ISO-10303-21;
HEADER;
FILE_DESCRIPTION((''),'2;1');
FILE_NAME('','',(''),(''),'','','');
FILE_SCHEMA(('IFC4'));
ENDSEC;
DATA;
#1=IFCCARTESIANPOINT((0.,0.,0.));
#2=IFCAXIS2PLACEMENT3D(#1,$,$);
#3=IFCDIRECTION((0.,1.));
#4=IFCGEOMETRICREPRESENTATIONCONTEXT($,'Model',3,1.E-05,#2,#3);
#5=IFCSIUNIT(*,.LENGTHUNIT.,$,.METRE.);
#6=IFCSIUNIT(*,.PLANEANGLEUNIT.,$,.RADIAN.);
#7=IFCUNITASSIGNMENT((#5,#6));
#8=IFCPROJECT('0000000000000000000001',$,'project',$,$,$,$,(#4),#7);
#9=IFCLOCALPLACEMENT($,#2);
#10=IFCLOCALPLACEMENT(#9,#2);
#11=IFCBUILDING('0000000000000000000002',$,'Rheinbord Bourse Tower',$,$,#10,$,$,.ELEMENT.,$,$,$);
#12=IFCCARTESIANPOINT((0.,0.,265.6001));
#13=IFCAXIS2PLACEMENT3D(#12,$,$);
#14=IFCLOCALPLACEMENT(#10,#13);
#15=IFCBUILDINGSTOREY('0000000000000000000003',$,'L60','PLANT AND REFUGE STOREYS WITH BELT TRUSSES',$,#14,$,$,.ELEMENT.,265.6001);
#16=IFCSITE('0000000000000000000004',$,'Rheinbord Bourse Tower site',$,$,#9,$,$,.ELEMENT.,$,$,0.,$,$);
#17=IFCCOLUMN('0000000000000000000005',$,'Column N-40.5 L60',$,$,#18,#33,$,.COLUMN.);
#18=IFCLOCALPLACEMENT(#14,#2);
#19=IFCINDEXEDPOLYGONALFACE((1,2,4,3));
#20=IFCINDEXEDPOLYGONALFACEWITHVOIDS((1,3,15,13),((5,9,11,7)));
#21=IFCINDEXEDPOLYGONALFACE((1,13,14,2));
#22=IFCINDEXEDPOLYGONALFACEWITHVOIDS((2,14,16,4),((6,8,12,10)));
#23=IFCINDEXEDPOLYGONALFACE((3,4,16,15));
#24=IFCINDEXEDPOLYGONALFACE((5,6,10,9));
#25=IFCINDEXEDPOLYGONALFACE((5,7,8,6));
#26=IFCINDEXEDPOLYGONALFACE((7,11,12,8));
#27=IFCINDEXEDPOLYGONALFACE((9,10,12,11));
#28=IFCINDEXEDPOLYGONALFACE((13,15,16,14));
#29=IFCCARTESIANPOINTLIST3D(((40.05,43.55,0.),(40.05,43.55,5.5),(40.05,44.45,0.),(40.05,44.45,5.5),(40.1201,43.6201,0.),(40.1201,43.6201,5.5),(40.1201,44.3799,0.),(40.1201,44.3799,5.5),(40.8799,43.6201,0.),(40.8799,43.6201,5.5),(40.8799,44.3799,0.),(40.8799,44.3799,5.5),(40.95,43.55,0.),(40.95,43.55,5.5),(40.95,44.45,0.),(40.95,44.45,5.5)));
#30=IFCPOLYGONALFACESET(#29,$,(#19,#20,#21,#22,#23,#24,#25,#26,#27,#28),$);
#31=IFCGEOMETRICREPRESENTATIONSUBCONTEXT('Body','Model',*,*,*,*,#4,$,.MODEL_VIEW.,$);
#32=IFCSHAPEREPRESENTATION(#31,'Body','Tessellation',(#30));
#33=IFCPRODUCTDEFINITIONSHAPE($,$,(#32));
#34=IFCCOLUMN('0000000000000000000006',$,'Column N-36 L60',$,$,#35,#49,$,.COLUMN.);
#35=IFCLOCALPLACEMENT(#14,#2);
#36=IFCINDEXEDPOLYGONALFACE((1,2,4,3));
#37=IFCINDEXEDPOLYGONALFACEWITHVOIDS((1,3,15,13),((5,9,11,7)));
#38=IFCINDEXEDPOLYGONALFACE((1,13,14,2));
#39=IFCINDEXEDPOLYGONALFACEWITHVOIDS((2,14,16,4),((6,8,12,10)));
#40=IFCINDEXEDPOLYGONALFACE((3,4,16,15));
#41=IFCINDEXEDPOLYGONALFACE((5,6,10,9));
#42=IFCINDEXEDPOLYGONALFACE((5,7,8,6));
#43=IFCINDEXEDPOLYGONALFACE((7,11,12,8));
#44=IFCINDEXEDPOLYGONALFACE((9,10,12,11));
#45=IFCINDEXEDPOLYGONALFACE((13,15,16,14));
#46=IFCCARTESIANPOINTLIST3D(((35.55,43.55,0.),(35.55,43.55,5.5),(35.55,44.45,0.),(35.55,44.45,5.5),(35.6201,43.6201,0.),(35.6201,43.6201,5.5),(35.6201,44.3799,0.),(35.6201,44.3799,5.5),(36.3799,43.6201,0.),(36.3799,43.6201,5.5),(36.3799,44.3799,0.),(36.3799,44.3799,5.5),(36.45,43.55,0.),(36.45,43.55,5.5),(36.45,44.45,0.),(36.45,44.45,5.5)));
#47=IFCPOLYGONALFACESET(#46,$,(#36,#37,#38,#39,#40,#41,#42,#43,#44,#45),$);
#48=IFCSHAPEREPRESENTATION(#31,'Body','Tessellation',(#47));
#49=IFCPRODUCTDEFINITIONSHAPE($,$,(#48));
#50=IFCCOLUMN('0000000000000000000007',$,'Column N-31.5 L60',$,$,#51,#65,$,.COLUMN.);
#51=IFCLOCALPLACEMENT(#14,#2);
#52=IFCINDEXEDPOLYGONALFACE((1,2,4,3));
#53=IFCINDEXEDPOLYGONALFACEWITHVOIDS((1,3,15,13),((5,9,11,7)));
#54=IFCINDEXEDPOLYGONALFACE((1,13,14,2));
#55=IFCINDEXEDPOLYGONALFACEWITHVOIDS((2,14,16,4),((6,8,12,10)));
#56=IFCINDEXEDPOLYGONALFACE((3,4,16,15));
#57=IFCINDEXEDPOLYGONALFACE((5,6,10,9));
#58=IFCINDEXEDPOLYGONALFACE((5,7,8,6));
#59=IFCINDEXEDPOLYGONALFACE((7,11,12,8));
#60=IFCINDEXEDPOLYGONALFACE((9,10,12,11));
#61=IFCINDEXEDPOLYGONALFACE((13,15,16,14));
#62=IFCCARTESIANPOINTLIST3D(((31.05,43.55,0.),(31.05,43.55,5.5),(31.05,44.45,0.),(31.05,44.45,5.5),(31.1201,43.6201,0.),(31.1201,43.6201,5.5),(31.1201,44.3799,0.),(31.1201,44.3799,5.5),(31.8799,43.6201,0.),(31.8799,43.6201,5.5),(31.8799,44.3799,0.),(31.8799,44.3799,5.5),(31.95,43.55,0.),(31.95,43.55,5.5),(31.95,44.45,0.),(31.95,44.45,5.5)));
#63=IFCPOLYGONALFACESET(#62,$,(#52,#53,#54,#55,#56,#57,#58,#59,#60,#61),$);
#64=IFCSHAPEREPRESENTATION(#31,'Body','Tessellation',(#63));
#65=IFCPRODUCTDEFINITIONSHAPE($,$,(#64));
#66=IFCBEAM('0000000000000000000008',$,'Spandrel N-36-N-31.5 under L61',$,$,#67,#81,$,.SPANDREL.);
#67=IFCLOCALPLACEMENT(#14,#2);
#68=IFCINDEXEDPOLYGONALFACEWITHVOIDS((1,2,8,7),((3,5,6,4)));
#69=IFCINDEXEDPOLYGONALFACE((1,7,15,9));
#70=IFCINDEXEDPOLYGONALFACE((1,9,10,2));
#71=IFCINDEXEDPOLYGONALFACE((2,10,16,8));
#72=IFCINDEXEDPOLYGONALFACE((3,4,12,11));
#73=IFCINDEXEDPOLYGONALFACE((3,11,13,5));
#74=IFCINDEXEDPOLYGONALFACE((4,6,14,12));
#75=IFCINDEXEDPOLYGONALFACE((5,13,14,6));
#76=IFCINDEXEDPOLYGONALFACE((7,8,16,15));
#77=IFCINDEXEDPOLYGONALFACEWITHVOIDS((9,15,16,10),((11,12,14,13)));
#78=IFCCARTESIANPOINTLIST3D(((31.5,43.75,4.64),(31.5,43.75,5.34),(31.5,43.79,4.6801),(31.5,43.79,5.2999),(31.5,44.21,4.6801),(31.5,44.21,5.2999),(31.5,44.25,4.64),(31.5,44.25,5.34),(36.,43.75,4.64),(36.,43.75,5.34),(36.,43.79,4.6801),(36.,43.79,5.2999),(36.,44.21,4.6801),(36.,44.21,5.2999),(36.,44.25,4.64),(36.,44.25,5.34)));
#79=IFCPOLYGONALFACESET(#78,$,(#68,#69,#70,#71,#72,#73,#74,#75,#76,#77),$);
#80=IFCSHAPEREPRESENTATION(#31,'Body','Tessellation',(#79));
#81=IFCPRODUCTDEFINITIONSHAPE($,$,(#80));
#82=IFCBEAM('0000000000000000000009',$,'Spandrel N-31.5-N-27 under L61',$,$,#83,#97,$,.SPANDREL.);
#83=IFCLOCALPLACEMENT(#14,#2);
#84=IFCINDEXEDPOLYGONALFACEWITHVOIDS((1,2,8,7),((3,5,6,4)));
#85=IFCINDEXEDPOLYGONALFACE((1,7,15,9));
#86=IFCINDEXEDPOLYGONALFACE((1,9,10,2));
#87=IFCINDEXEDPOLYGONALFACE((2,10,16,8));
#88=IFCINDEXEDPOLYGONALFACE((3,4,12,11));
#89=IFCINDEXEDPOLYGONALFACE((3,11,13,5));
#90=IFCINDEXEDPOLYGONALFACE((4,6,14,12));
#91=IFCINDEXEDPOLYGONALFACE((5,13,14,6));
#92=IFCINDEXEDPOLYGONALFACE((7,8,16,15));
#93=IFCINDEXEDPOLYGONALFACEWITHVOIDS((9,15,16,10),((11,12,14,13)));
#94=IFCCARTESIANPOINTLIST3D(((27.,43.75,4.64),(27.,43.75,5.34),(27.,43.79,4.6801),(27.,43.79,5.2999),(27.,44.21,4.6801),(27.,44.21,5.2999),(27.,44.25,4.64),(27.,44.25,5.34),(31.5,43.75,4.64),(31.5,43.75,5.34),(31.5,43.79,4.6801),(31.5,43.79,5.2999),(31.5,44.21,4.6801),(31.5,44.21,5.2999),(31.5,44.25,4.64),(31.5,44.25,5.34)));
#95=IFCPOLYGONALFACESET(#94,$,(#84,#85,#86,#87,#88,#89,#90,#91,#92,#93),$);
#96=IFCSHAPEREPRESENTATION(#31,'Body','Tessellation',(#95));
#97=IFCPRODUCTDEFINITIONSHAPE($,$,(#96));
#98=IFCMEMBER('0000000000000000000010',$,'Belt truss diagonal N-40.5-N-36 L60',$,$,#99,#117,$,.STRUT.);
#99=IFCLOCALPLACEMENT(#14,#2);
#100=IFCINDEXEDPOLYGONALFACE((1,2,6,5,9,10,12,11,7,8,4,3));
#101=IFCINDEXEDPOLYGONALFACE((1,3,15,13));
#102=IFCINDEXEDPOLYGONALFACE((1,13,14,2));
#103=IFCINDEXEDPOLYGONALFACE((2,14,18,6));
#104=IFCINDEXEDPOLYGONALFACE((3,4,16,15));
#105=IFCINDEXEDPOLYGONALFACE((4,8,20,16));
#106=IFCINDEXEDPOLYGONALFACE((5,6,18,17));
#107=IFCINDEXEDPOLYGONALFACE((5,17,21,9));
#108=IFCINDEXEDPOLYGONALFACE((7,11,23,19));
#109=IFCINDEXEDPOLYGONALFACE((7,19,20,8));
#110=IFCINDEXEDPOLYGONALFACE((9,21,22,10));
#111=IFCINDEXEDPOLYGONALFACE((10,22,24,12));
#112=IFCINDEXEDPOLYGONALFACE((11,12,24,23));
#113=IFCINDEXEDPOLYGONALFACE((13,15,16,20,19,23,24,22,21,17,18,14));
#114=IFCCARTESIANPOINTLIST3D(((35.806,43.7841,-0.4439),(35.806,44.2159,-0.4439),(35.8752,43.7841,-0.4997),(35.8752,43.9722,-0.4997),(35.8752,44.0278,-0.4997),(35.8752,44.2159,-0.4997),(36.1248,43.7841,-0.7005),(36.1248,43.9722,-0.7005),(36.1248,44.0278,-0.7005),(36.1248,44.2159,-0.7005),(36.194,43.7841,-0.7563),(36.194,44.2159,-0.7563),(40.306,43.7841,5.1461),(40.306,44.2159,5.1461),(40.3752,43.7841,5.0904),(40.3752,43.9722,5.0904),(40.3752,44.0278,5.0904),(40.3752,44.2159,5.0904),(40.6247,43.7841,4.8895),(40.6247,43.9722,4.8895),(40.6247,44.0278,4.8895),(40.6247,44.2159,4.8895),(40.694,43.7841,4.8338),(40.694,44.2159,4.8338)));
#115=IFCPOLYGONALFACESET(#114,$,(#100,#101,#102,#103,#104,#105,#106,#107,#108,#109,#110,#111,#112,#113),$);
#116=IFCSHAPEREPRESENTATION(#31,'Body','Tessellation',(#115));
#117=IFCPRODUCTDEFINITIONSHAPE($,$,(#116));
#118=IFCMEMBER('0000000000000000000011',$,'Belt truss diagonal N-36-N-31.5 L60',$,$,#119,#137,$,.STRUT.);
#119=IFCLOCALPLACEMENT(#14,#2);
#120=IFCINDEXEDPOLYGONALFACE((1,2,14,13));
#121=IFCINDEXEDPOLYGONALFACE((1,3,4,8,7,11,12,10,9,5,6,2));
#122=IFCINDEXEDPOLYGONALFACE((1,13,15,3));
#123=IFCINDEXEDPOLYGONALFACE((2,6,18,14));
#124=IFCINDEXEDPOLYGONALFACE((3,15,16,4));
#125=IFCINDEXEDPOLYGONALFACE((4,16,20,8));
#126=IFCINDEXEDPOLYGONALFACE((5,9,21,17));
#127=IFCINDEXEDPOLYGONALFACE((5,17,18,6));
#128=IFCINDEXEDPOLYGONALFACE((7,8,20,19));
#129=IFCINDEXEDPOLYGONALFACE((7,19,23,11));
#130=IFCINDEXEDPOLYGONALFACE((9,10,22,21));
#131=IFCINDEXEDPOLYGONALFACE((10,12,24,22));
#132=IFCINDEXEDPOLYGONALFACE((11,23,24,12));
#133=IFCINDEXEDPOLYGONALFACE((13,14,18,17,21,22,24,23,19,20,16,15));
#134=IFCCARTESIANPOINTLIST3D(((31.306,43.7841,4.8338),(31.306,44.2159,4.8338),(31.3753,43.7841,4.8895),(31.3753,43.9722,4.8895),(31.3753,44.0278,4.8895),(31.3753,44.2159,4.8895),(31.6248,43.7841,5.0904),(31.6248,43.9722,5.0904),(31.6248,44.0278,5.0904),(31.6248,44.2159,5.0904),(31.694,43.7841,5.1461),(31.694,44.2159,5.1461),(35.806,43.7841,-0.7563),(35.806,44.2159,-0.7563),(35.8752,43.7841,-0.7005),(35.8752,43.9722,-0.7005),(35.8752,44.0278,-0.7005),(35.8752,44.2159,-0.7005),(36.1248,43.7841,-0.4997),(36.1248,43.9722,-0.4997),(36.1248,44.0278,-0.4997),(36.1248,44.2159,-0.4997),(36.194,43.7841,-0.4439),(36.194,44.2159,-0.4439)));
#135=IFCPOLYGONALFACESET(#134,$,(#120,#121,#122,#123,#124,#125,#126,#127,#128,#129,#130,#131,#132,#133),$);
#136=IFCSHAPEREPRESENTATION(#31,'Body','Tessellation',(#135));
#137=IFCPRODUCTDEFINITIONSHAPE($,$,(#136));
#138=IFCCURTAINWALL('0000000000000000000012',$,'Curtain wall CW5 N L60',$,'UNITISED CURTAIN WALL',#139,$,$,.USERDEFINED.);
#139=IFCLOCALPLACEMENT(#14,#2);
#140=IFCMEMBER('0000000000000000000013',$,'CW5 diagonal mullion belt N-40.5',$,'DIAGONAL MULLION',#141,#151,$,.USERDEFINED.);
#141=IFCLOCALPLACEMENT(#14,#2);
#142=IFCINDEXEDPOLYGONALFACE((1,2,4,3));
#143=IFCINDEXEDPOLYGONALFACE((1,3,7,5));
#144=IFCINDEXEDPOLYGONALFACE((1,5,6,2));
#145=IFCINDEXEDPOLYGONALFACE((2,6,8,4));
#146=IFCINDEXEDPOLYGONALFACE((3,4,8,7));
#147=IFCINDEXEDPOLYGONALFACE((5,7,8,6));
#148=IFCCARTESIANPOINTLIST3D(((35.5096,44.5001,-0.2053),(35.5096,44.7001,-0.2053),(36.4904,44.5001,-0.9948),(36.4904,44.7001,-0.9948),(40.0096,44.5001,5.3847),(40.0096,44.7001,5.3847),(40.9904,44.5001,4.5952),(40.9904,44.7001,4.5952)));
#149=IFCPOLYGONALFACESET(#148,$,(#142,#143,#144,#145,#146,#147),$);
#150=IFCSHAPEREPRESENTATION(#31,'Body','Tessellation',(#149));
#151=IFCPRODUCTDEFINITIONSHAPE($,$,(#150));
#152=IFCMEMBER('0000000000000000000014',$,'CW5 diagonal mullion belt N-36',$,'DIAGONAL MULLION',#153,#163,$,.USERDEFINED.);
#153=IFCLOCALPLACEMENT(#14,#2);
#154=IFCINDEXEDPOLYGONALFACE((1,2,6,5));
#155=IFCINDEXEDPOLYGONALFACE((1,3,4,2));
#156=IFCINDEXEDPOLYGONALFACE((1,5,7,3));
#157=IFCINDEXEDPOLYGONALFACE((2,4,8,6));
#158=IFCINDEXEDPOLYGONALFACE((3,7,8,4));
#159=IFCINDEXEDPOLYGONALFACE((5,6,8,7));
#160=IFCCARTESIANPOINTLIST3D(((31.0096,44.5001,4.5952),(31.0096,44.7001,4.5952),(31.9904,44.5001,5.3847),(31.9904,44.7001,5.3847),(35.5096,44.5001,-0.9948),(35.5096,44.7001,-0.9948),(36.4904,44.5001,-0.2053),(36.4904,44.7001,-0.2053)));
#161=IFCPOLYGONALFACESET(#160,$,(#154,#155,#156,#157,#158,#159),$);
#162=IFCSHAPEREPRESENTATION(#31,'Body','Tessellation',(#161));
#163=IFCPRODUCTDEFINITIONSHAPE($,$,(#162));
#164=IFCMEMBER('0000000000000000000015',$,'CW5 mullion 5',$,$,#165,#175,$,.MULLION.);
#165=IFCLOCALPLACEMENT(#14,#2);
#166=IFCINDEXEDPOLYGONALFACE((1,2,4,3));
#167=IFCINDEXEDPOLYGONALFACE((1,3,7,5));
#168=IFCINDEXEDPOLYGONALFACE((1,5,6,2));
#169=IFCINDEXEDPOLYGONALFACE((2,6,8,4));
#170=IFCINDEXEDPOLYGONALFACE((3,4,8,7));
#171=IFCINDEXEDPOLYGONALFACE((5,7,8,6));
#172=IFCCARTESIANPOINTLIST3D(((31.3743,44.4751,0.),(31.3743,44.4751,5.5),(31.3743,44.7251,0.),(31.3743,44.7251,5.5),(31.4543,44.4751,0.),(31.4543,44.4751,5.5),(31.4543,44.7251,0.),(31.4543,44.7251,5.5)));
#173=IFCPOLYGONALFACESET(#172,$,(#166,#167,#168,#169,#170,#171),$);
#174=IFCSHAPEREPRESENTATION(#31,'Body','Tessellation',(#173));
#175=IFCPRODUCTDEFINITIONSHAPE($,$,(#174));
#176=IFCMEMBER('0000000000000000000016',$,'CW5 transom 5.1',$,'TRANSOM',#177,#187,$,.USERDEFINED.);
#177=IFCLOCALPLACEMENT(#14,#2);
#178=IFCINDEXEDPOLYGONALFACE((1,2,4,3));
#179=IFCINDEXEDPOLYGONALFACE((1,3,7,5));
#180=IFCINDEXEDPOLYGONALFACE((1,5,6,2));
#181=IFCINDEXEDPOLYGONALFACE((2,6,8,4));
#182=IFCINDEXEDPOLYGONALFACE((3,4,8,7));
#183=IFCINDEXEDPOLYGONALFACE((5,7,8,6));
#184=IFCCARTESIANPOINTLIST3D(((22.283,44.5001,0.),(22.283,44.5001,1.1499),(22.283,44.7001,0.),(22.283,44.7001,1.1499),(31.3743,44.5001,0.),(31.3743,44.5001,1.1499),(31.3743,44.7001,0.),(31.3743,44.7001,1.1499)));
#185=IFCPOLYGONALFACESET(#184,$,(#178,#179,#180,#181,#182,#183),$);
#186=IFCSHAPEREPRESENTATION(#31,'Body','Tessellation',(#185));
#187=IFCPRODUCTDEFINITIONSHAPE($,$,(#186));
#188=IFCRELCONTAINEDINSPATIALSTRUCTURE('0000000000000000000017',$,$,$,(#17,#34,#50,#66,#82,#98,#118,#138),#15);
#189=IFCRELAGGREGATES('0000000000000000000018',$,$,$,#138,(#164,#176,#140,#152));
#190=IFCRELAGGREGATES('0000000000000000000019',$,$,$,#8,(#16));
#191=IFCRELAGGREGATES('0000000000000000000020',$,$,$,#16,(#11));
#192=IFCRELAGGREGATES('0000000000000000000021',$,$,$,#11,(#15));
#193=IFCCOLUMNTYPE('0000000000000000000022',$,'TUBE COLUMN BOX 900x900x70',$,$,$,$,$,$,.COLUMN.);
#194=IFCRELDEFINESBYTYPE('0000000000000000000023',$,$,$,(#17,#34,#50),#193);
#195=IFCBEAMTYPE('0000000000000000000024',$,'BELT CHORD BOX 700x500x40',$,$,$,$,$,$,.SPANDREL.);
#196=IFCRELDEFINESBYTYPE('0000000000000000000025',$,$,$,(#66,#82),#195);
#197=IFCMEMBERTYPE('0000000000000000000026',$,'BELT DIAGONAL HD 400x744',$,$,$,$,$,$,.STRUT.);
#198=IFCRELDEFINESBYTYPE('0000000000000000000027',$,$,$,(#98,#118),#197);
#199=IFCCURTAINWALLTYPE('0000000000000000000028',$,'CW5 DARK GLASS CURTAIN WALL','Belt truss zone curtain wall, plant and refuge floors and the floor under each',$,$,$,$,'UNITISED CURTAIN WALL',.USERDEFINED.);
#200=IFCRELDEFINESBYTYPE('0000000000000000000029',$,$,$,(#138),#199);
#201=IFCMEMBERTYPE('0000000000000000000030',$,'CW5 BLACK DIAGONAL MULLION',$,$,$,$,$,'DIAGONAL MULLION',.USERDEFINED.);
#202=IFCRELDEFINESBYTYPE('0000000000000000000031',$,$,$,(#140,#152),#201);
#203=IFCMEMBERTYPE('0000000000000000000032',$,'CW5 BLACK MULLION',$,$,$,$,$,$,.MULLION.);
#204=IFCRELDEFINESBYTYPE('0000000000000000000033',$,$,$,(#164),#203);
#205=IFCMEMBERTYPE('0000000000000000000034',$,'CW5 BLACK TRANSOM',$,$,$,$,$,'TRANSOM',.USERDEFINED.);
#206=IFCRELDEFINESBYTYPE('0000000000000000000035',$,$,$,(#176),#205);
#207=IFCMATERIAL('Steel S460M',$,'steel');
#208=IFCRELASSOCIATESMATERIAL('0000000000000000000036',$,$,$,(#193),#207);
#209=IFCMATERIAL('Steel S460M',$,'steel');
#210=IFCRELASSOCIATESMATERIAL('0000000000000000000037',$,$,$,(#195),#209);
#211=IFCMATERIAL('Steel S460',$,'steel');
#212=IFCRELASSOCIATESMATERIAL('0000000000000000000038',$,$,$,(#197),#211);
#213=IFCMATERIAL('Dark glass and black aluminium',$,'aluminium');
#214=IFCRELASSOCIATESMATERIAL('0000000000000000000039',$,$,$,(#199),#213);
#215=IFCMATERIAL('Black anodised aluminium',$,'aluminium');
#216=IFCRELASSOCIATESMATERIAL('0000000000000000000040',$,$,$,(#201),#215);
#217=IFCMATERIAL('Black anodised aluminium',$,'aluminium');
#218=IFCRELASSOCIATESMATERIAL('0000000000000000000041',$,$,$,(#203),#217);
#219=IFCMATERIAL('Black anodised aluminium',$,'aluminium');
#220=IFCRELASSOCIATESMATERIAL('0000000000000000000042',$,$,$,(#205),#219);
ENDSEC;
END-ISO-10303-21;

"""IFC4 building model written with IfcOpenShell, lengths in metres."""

from ifc_helpers import new_model, si_unit, direction, frame, origin, origin_2d, place, context, subcontext, project, spatial, rectangle, hollow_rectangle, i_section, extrude, material, material_profile, profile_set, type_object, element, aggregate, save


model = new_model("IFC4")

# Units and contexts
model_context = context("Model", 3, precision=1e-05, world=origin(), true_north=direction((0.0, 1.0)))
body_context = subcontext(model_context, "Body", "Model", "MODEL_VIEW")
ifc_project = project(units=[si_unit("LENGTHUNIT", "METRE"), si_unit("PLANEANGLEUNIT", "RADIAN")], contexts=[model_context])

# Site, building, storey
site_placement = place(None, origin())
site = spatial("IfcSite", under=ifc_project, at=site_placement, Name="Rheinbord Bourse Tower site", CompositionType="ELEMENT", RefElevation=0.0)
building_placement = place(site_placement, origin())
building = spatial("IfcBuilding", under=site, at=building_placement, Name="Rheinbord Bourse Tower", CompositionType="ELEMENT")
storey_placement = place(building_placement, frame((0.0, 0.0, 265.6001)))
storey = spatial("IfcBuildingStorey", under=building, at=storey_placement, Name="L60", Description="PLANT AND REFUGE STOREYS WITH BELT TRUSSES", CompositionType="ELEMENT", Elevation=265.6001)

# Columns
ifc_material_1 = material(Name="Steel S460M", Category="steel")
ifc_material_profile_1 = material_profile(ifc_material_1, hollow_rectangle(XDim=0.8999, YDim=0.8999, WallThickness=0.0701, at=origin_2d()), Name="BOX 900x900x70")
ifc_profile_set_1 = profile_set([ifc_material_profile_1], Name="Steel S460M")
column_type = type_object("IfcColumnType", Name="TUBE COLUMN BOX 900x900x70", PredefinedType="COLUMN", material=ifc_profile_set_1)
for number, where, z_axis, x_axis, name in (
    (1, (40.5, 44.0, 0.0), (0.0, 0.0, 1.0), (0.0, 1.0, 0.0), "Column N-40.5 L60"),
    (2, (36.0, 44.0, 0.0), (0.0, 0.0, 1.0), (0.0, 1.0, 0.0), "Column N-36 L60"),
    (3, (31.5, 44.0, 0.0), (0.0, 0.0, 1.0), (0.0, 1.0, 0.0), "Column N-31.5 L60"),
):
    element("IfcColumn", number, at=place(storey_placement, frame(where, z_axis=z_axis, x_axis=x_axis)), inside=storey, type_object=column_type, Name=name, PredefinedType="COLUMN", context=body_context, shape_type="SweptSolid", body=[
        extrude(hollow_rectangle(XDim=0.8999, YDim=0.8999, WallThickness=0.0701, at=origin_2d()), origin(), (0.0, 0.0, 1.0), 5.5),
    ])

# Beams
ifc_material_2 = material(Name="Steel S460M", Category="steel")
ifc_material_profile_2 = material_profile(ifc_material_2, hollow_rectangle(XDim=0.5, YDim=0.7, WallThickness=0.04, at=origin_2d()), Name="BOX 700x500x40")
ifc_profile_set_2 = profile_set([ifc_material_profile_2], Name="Steel S460M")
beam_type_1 = type_object("IfcBeamType", Name="BELT CHORD BOX 700x500x40", PredefinedType="SPANDREL", material=ifc_profile_set_2)
for number, where, z_axis, x_axis, name in (
    (4, (36.0, 44.0, 4.99), (-1.0, 0.0, 0.0), (0.0, -1.0, 0.0), "Spandrel N-36-N-31.5 under L61"),
    (5, (31.5, 44.0, 4.99), (-1.0, 0.0, 0.0), (0.0, -1.0, 0.0), "Spandrel N-31.5-N-27 under L61"),
):
    element("IfcBeam", number, at=place(storey_placement, frame(where, z_axis=z_axis, x_axis=x_axis)), inside=storey, type_object=beam_type_1, Name=name, PredefinedType="SPANDREL", context=body_context, shape_type="SweptSolid", body=[
        extrude(hollow_rectangle(XDim=0.5, YDim=0.7, WallThickness=0.04, at=origin_2d()), origin(), (0.0, 0.0, 1.0), 4.5),
    ])

# Members
ifc_material_3 = material(Name="Steel S460", Category="steel")
ifc_material_profile_3 = material_profile(ifc_material_3, i_section(OverallWidth=0.4319, OverallDepth=0.498, WebThickness=0.0557, FlangeThickness=0.0889, at=origin_2d()), Name="HD 400x744")
ifc_profile_set_3 = profile_set([ifc_material_profile_3], Name="Steel S460")
member_type_1 = type_object("IfcMemberType", Name="BELT DIAGONAL HD 400x744", PredefinedType="STRUT", material=ifc_profile_set_3)
for number, where, z_axis, x_axis, name in (
    (6, (36.0, 44.0, -0.6001), (0.627065, 0.0, 0.778967), (0.0, 1.0, 0.0), "Belt truss diagonal N-40.5-N-36 L60"),
    (7, (36.0, 44.0, -0.6001), (-0.627065, 0.0, 0.778967), (0.0, -1.0, 0.0), "Belt truss diagonal N-36-N-31.5 L60"),
):
    element("IfcMember", number, at=place(storey_placement, frame(where, z_axis=z_axis, x_axis=x_axis)), inside=storey, type_object=member_type_1, Name=name, PredefinedType="STRUT", context=body_context, shape_type="SweptSolid", body=[
        extrude(i_section(OverallWidth=0.4319, OverallDepth=0.498, WebThickness=0.0557, FlangeThickness=0.0889, at=origin_2d()), origin(), (0.0, 0.0, 1.0), 7.1763),
    ])

# Curtain wall, members
ifc_material_4 = material(Name="Dark glass and black aluminium", Category="aluminium")
curtain_wall_type = type_object("IfcCurtainWallType", Name="CW5 DARK GLASS CURTAIN WALL", Description="Belt truss zone curtain wall, plant and refuge floors and the floor under each", ElementType="UNITISED CURTAIN WALL", PredefinedType="USERDEFINED", material=ifc_material_4)
curtain_wall_placement = place(storey_placement, origin())
curtain_wall = element("IfcCurtainWall", 8, at=curtain_wall_placement, inside=storey, type_object=curtain_wall_type, Name="Curtain wall CW5 N L60", ObjectType="UNITISED CURTAIN WALL", PredefinedType="USERDEFINED")
ifc_material_5 = material(Name="Black anodised aluminium", Category="aluminium")
ifc_material_profile_4 = material_profile(ifc_material_5, rectangle(XDim=0.2, YDim=1.259, at=origin_2d()), Name="CW5 DIAGONAL MULLION 1259x200")
ifc_profile_set_4 = profile_set([ifc_material_profile_4], Name="Black anodised aluminium")
member_type_2 = type_object("IfcMemberType", Name="CW5 BLACK DIAGONAL MULLION", ElementType="DIAGONAL MULLION", PredefinedType="USERDEFINED", material=ifc_profile_set_4)
member_1_placement = place(storey_placement, frame((36.0, 44.6001, -0.6001), z_axis=(0.627065, 0.0, 0.778967), x_axis=(0.0, 1.0, 0.0)))
member_1 = element("IfcMember", 9, at=member_1_placement, type_object=member_type_2, Name="CW5 diagonal mullion belt N-40.5", ObjectType="DIAGONAL MULLION", PredefinedType="USERDEFINED", context=body_context, shape_type="SweptSolid", body=[
    extrude(rectangle(XDim=0.2, YDim=1.259, at=origin_2d()), origin(), (0.0, 0.0, 1.0), 7.1763),
])
member_2_placement = place(storey_placement, frame((36.0, 44.6001, -0.6001), z_axis=(-0.627065, 0.0, 0.778967), x_axis=(0.0, -1.0, 0.0)))
member_2 = element("IfcMember", 10, at=member_2_placement, type_object=member_type_2, Name="CW5 diagonal mullion belt N-36", ObjectType="DIAGONAL MULLION", PredefinedType="USERDEFINED", context=body_context, shape_type="SweptSolid", body=[
    extrude(rectangle(XDim=0.2, YDim=1.259, at=origin_2d()), origin(), (0.0, 0.0, 1.0), 7.1763),
])
ifc_material_6 = material(Name="Black anodised aluminium", Category="aluminium")
ifc_material_profile_5 = material_profile(ifc_material_6, rectangle(XDim=0.25, YDim=0.0801, at=origin_2d()), Name="CW5 MULLION 80x250")
ifc_profile_set_5 = profile_set([ifc_material_profile_5], Name="Black anodised aluminium")
member_type_3 = type_object("IfcMemberType", Name="CW5 BLACK MULLION", PredefinedType="MULLION", material=ifc_profile_set_5)
member_3_placement = place(storey_placement, frame((31.4143, 44.6001, 0.0), z_axis=(0.0, 0.0, 1.0), x_axis=(0.0, -1.0, 0.0)))
member_3 = element("IfcMember", 11, at=member_3_placement, type_object=member_type_3, Name="CW5 mullion 5", PredefinedType="MULLION", context=body_context, shape_type="SweptSolid", body=[
    extrude(rectangle(XDim=0.25, YDim=0.0801, at=origin_2d()), origin(), (0.0, 0.0, 1.0), 5.5),
])
ifc_material_7 = material(Name="Black anodised aluminium", Category="aluminium")
ifc_material_profile_6 = material_profile(ifc_material_7, rectangle(XDim=0.2, YDim=1.1499, at=origin_2d()), Name="CW5 TRANSOM 1150x200")
ifc_profile_set_6 = profile_set([ifc_material_profile_6], Name="Black anodised aluminium")
member_type_4 = type_object("IfcMemberType", Name="CW5 BLACK TRANSOM", ElementType="TRANSOM", PredefinedType="USERDEFINED", material=ifc_profile_set_6)
member_4_placement = place(storey_placement, frame((31.3743, 44.6001, 0.575), z_axis=(-1.0, 0.0, 0.0), x_axis=(0.0, -1.0, 0.0)))
member_4 = element("IfcMember", 12, at=member_4_placement, type_object=member_type_4, Name="CW5 transom 5.1", ObjectType="TRANSOM", PredefinedType="USERDEFINED", context=body_context, shape_type="SweptSolid", body=[
    extrude(rectangle(XDim=0.2, YDim=1.1499, at=origin_2d()), origin(), (0.0, 0.0, 1.0), 9.0913),
])

aggregate(curtain_wall, [member_3, member_4, member_1, member_2])

save(model, "model.ifc")
